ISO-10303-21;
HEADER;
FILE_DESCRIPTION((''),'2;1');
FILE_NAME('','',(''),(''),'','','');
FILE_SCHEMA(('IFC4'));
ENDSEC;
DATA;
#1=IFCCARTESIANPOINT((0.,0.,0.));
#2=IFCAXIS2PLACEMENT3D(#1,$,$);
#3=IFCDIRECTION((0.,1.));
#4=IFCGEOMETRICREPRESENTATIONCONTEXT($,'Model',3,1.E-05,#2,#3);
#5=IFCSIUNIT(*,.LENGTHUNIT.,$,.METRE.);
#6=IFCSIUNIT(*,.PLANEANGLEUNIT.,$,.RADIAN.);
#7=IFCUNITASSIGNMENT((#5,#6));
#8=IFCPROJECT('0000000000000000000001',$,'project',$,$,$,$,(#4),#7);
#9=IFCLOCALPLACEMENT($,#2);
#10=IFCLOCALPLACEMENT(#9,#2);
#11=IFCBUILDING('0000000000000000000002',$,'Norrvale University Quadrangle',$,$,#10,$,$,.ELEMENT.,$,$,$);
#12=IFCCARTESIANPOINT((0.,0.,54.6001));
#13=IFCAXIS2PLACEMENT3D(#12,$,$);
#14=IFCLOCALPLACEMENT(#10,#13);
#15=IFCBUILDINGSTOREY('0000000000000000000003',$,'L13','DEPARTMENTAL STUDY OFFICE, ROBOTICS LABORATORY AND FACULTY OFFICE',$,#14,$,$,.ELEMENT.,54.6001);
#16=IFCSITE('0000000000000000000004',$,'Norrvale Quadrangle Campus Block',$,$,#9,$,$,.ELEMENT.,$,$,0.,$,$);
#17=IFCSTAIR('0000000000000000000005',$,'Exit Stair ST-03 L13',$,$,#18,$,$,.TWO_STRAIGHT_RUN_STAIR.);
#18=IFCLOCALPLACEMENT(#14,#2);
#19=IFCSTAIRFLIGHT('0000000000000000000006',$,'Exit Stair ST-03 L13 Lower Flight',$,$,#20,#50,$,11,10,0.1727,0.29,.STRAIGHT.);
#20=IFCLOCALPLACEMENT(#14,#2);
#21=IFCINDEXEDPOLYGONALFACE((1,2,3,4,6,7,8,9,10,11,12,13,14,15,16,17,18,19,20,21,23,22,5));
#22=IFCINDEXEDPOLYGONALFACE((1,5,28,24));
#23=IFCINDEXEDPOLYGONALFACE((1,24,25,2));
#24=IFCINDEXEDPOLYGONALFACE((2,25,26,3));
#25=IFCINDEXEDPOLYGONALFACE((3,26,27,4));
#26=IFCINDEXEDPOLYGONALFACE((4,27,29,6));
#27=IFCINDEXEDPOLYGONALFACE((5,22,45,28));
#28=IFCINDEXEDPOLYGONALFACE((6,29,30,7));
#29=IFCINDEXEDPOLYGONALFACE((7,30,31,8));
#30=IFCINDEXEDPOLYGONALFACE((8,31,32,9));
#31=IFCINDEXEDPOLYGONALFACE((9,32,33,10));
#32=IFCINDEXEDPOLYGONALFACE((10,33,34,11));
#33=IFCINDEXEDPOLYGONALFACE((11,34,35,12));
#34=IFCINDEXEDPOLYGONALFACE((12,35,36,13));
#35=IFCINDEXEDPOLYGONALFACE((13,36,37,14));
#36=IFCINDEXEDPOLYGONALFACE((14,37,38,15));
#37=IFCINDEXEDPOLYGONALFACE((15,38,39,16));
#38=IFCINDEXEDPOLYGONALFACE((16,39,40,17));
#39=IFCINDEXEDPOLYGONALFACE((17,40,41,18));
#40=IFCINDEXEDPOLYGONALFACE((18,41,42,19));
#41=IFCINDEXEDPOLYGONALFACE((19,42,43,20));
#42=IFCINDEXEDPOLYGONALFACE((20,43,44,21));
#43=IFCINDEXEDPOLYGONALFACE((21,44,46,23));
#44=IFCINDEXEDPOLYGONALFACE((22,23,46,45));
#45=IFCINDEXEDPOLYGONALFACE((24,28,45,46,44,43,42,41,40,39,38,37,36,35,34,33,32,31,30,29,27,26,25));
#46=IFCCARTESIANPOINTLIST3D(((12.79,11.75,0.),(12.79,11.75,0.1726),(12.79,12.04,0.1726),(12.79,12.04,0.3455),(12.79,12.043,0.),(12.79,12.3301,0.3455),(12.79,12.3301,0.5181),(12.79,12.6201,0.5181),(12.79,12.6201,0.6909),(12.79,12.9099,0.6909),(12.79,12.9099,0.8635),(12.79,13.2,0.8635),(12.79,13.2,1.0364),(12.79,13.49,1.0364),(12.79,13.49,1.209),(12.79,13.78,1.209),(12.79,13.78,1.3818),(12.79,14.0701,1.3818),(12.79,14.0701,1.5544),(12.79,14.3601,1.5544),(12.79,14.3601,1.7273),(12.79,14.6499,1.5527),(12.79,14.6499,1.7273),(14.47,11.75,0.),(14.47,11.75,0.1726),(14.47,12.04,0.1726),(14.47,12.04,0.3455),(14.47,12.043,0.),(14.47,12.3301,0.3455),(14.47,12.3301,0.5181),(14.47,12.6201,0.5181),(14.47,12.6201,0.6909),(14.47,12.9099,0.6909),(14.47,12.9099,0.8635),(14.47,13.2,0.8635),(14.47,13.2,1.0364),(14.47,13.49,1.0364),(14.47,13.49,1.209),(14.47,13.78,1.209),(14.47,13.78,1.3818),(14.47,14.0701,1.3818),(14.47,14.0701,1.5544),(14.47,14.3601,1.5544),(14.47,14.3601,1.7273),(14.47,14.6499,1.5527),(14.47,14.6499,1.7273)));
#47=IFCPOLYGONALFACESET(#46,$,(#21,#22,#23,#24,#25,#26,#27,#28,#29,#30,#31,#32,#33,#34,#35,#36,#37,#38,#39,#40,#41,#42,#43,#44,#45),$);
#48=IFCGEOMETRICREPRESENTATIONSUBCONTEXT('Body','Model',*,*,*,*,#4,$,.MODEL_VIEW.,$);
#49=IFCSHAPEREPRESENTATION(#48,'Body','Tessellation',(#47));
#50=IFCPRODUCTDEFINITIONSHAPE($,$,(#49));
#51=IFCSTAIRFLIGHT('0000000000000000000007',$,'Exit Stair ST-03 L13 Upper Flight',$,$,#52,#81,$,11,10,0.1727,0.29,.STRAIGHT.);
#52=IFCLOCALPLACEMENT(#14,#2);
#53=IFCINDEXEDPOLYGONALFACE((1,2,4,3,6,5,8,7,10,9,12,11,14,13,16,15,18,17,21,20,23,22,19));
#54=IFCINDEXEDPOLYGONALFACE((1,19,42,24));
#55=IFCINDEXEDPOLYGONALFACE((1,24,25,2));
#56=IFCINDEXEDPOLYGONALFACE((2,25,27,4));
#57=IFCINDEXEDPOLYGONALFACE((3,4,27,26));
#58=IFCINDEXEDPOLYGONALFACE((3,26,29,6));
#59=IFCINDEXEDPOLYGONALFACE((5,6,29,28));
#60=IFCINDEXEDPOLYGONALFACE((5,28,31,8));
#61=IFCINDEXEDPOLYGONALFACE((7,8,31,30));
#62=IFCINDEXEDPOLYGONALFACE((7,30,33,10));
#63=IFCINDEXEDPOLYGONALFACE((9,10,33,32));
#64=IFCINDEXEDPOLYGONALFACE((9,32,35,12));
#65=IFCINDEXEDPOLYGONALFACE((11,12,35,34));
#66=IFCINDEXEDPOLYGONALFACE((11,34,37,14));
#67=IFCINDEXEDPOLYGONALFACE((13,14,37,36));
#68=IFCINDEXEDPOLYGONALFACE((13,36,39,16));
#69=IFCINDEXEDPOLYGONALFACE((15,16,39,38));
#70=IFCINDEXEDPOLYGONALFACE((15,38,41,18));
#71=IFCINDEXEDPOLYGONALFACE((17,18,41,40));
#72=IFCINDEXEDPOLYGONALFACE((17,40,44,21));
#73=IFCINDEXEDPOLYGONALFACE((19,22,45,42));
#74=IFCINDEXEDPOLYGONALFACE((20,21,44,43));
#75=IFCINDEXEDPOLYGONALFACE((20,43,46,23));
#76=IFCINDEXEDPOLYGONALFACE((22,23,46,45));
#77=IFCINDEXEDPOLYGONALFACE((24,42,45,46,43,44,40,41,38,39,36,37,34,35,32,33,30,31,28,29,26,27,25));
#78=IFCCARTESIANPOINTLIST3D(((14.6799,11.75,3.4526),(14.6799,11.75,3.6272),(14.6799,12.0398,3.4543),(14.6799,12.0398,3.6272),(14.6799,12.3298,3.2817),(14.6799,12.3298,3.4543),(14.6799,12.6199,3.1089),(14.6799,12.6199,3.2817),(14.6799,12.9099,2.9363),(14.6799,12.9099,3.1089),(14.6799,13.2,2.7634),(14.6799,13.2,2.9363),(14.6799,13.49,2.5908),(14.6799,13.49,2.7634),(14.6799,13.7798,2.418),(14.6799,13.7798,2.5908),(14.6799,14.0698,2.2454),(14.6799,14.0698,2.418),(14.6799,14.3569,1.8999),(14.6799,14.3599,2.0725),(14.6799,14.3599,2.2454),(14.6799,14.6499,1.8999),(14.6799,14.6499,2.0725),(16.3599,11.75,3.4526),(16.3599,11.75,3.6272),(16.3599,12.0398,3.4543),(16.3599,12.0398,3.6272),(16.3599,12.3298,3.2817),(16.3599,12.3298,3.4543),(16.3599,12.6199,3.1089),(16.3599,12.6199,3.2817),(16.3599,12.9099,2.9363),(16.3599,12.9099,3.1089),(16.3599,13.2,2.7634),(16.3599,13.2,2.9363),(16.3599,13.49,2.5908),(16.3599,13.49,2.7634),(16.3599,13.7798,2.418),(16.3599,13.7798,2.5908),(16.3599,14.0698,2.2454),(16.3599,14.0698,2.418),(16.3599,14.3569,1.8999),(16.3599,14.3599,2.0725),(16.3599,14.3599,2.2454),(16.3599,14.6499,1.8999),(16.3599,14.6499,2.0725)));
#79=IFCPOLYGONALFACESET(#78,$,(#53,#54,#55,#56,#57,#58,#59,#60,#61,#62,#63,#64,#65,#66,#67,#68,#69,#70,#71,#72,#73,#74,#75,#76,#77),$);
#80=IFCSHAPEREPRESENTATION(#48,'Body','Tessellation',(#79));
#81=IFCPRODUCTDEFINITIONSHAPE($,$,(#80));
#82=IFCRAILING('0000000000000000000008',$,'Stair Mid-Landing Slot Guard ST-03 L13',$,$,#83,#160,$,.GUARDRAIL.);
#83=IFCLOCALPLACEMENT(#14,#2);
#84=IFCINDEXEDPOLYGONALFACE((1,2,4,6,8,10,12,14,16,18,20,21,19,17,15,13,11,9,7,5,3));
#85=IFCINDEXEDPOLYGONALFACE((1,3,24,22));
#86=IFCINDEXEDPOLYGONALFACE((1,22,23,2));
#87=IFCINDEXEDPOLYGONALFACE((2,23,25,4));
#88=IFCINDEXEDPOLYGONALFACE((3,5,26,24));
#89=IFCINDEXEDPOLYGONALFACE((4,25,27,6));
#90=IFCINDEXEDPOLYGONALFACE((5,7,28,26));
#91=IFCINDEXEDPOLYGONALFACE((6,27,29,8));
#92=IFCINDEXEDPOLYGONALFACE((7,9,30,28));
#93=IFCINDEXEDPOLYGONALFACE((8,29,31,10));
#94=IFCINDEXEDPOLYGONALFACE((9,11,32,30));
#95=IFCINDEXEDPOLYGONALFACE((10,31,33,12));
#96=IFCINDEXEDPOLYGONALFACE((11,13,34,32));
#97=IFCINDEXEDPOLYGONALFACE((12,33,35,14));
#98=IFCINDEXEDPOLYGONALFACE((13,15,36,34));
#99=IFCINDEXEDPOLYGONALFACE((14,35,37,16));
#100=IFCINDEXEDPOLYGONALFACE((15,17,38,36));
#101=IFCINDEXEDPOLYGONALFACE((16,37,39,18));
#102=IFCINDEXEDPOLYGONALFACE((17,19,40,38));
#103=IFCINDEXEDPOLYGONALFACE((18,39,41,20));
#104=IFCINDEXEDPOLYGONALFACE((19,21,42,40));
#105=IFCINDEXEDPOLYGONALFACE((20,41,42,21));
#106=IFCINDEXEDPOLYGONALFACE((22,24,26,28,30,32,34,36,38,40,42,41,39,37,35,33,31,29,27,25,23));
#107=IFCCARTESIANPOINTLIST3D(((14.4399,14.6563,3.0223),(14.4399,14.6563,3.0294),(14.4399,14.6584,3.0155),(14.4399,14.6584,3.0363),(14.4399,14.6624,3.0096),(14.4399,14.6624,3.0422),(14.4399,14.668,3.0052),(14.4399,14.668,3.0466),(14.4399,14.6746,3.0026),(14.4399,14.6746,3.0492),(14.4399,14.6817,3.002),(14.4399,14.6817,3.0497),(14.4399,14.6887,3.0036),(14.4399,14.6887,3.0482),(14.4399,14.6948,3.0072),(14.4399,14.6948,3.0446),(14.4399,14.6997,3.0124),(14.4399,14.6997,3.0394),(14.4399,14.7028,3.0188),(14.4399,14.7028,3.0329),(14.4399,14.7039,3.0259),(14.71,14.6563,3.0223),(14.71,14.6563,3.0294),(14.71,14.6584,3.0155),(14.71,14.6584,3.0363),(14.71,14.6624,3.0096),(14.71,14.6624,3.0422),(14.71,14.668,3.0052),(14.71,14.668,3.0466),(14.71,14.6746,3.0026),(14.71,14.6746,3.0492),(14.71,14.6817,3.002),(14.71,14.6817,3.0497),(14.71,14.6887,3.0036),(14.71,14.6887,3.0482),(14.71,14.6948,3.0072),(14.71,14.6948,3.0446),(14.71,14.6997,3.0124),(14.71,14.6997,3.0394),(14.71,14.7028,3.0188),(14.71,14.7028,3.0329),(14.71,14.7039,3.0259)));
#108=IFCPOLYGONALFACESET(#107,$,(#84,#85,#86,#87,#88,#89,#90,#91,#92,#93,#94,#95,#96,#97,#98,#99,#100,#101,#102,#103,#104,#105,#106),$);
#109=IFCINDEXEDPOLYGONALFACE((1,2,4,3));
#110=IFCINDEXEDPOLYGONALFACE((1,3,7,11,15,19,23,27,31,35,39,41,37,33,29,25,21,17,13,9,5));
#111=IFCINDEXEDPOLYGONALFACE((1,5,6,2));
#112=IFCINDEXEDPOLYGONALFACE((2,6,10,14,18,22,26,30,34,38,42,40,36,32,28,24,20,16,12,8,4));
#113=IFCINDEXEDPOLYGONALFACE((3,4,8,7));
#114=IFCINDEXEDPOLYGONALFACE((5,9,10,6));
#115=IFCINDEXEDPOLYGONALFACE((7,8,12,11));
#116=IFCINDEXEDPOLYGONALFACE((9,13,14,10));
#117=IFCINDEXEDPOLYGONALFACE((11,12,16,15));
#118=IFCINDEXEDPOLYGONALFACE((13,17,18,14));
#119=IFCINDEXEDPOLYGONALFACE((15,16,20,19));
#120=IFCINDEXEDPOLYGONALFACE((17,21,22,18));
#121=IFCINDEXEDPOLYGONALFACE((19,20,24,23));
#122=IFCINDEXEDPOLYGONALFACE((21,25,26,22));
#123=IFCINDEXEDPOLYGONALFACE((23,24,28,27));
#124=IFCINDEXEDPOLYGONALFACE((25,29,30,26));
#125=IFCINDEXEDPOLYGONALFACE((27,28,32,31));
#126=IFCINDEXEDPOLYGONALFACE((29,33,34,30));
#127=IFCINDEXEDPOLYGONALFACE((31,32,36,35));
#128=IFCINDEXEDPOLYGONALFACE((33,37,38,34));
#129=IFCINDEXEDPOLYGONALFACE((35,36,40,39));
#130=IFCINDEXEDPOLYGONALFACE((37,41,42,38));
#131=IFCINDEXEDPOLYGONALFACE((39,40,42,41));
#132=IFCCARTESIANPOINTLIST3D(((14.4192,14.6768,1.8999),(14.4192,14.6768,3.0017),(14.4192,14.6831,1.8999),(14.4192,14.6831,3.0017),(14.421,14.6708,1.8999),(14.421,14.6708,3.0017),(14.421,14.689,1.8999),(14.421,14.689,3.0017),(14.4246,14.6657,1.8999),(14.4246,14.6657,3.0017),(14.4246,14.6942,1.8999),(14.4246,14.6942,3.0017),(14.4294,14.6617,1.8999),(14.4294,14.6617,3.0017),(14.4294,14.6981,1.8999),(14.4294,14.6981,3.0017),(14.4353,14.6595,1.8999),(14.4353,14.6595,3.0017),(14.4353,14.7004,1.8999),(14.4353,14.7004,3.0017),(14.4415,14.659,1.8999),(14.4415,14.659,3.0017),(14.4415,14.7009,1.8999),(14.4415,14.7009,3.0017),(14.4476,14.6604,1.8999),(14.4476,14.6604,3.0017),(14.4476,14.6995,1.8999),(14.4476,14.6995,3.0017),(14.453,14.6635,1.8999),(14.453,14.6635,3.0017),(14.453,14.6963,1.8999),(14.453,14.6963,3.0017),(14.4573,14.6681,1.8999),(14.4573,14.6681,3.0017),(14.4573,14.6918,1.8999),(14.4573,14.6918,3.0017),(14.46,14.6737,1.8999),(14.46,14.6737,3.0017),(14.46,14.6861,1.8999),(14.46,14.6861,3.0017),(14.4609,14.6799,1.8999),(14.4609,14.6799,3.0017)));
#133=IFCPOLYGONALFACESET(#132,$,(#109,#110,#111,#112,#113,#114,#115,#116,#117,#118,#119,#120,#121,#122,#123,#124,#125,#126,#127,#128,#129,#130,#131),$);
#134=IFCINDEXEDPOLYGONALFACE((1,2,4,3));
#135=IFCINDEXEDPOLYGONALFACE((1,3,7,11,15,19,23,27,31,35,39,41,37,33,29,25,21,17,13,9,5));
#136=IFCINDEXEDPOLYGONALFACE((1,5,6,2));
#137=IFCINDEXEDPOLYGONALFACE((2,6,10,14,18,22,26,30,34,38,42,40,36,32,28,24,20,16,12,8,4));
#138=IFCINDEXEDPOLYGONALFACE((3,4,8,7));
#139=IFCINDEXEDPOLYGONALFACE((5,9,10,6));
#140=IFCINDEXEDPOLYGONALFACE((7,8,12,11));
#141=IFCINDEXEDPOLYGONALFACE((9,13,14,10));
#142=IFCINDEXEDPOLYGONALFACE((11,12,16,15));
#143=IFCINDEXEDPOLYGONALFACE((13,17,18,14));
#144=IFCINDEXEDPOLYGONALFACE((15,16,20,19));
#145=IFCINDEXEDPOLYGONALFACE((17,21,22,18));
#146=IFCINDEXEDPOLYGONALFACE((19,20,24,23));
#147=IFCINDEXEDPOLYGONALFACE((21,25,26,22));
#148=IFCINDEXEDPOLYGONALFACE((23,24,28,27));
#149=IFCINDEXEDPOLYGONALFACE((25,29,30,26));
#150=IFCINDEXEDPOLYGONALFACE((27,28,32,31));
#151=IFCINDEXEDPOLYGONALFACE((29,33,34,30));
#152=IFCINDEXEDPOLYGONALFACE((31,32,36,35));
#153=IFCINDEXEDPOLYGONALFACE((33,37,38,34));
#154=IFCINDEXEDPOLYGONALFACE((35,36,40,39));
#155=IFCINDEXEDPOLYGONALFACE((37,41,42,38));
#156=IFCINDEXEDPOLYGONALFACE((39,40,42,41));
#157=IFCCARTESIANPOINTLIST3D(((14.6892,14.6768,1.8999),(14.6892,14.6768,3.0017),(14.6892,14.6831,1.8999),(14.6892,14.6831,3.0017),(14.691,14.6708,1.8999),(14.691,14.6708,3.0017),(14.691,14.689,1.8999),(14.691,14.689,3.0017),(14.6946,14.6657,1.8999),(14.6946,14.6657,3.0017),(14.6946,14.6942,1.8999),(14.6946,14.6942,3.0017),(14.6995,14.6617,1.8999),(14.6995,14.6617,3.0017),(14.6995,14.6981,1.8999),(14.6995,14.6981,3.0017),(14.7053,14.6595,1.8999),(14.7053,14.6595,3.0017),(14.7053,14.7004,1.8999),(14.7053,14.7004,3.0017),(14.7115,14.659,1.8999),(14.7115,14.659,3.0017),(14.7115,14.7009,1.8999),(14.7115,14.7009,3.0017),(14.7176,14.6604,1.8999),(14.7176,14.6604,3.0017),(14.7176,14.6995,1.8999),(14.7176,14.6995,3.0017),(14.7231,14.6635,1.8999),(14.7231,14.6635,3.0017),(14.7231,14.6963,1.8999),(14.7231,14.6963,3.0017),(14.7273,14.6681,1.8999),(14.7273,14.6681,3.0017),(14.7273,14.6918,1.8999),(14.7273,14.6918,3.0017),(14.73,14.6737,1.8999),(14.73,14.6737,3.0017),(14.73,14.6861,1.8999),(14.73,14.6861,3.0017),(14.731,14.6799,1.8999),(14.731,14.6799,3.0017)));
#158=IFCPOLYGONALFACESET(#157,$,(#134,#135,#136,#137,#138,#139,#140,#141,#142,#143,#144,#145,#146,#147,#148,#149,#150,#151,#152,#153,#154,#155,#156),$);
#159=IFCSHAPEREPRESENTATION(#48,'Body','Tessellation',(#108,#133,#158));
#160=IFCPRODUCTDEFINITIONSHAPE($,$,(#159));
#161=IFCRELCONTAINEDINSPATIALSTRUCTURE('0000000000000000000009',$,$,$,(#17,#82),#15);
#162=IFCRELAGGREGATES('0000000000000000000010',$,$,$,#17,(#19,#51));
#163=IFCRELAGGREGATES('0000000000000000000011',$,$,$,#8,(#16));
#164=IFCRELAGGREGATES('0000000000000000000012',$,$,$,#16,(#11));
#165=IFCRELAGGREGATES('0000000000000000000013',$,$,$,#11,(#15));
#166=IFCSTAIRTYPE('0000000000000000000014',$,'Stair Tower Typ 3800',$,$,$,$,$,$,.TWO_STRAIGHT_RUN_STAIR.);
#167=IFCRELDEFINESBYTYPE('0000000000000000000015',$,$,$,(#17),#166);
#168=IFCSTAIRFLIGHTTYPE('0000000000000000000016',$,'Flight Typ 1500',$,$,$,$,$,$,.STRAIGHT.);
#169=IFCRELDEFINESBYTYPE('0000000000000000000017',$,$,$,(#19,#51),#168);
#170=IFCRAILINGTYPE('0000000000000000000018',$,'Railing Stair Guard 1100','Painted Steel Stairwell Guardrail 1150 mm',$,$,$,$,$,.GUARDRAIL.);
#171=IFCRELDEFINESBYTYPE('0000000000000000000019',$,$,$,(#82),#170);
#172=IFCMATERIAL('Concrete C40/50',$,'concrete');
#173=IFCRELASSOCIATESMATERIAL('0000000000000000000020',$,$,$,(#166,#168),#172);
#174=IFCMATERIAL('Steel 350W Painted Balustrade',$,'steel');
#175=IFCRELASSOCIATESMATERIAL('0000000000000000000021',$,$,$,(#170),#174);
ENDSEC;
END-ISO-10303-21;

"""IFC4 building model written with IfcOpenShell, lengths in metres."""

from ifc_helpers import new_model, si_unit, direction, frame, origin, origin_2d, place, context, subcontext, project, spatial, polyline, circle, outline, extrude, material, type_object, element, aggregate, save


model = new_model("IFC4")

# Units and contexts
model_context = context("Model", 3, precision=1e-05, world=origin(), true_north=direction((0.0, 1.0)))
body_context = subcontext(model_context, "Body", "Model", "MODEL_VIEW")
ifc_project = project(units=[si_unit("LENGTHUNIT", "METRE"), si_unit("PLANEANGLEUNIT", "RADIAN")], contexts=[model_context])

# Site, building, storey
site_placement = place(None, origin())
site = spatial("IfcSite", under=ifc_project, at=site_placement, Name="Norrvale Quadrangle Campus Block", CompositionType="ELEMENT", RefElevation=0.0)
building_placement = place(site_placement, origin())
building = spatial("IfcBuilding", under=site, at=building_placement, Name="Norrvale University Quadrangle", CompositionType="ELEMENT")
storey_placement = place(building_placement, frame((0.0, 0.0, 54.6001)))
storey = spatial("IfcBuildingStorey", under=building, at=storey_placement, Name="L13", Description="DEPARTMENTAL STUDY OFFICE, ROBOTICS LABORATORY AND FACULTY OFFICE", CompositionType="ELEMENT", Elevation=54.6001)

# Stair, stair flights
ifc_material_1 = material(Name="Concrete C40/50", Category="concrete")
stair_type = type_object("IfcStairType", Name="Stair Tower Typ 3800", PredefinedType="TWO_STRAIGHT_RUN_STAIR", material=ifc_material_1)
stair_placement = place(storey_placement, origin())
stair = element("IfcStair", 1, at=stair_placement, inside=storey, type_object=stair_type, Name="Exit Stair ST-03 L13", PredefinedType="TWO_STRAIGHT_RUN_STAIR")
stair_flight_type = type_object("IfcStairFlightType", Name="Flight Typ 1500", PredefinedType="STRAIGHT", material=ifc_material_1)
stair_flight_1_placement = place(storey_placement, frame((13.6299, 11.75, 0.0), z_axis=(0.0, 0.0, 1.0), x_axis=(0.0, 1.0, 0.0)))
stair_flight_1 = element("IfcStairFlight", 2, at=stair_flight_1_placement, type_object=stair_flight_type, Name="Exit Stair ST-03 L13 Lower Flight", NumberOfRisers=11, NumberOfTreads=10, PredefinedType="STRAIGHT", RiserHeight=0.1727, TreadLength=0.29, context=body_context, shape_type="SweptSolid", body=[
    extrude(outline(polyline([(0.0, 0.0), (0.0, 0.1726), (0.29, 0.1726), (0.29, 0.3455), (0.5801, 0.3455), (0.5801, 0.5181), (0.8701, 0.5181), (0.8701, 0.6909), (1.1599, 0.6909), (1.1599, 0.8635), (1.45, 0.8635), (1.45, 1.0364), (1.74, 1.0364), (1.74, 1.209), (2.03, 1.209), (2.03, 1.3818), (2.3201, 1.3818), (2.3201, 1.5544), (2.6101, 1.5544), (2.6101, 1.7273), (2.8999, 1.7273), (2.8999, 1.8999), (2.8999, 1.5527), (0.293, 0.0), (0.0, 0.0)])), frame((0.0, 0.8398, 0.0), z_axis=(0.0, -1.0, 0.0), x_axis=(1.0, 0.0, 0.0)), (0.0, 0.0, 1.0), 1.6799),
])
stair_flight_2_placement = place(storey_placement, frame((15.52, 14.6499, 1.8999), z_axis=(0.0, 0.0, 1.0), x_axis=(0.0, -1.0, 0.0)))
stair_flight_2 = element("IfcStairFlight", 3, at=stair_flight_2_placement, type_object=stair_flight_type, Name="Exit Stair ST-03 L13 Upper Flight", NumberOfRisers=11, NumberOfTreads=10, PredefinedType="STRAIGHT", RiserHeight=0.1727, TreadLength=0.29, context=body_context, shape_type="SweptSolid", body=[
    extrude(outline(polyline([(0.0, 0.0), (0.0, 0.1726), (0.29, 0.1726), (0.29, 0.3455), (0.5801, 0.3455), (0.5801, 0.5181), (0.8701, 0.5181), (0.8701, 0.6909), (1.1599, 0.6909), (1.1599, 0.8635), (1.45, 0.8635), (1.45, 1.0364), (1.74, 1.0364), (1.74, 1.209), (2.03, 1.209), (2.03, 1.3818), (2.3201, 1.3818), (2.3201, 1.5544), (2.6101, 1.5544), (2.6101, 1.7273), (2.8999, 1.7273), (2.8999, 1.8999), (2.8999, 1.5527), (0.293, 0.0), (0.0, 0.0)])), frame((0.0, 0.8398, 0.0), z_axis=(0.0, -1.0, 0.0), x_axis=(1.0, 0.0, 0.0)), (0.0, 0.0, 1.0), 1.6799),
])
aggregate(stair, [stair_flight_1, stair_flight_2])

# Railing
ifc_material_2 = material(Name="Steel 350W Painted Balustrade", Category="steel")
railing_type_1 = type_object("IfcRailingType", Name="Railing Stair Guard 1100", Description="Painted Steel Stairwell Guardrail 1150 mm", PredefinedType="GUARDRAIL", material=ifc_material_2)
railing_1_placement = place(storey_placement, frame((14.4399, 14.6799, 1.8999)))
element("IfcRailing", 4, at=railing_1_placement, inside=storey, type_object=railing_type_1, Name="Stair Mid-Landing Slot Guard ST-03 L13", PredefinedType="GUARDRAIL", context=body_context, shape_type="SweptSolid", body=[
    extrude(circle(Radius=0.0239, at=origin_2d()), frame((0.0, 0.0, 1.126), z_axis=(1.0, 0.0, 0.0), x_axis=(0.0, 1.0, 0.0)), (0.0, 0.0, 1.0), 0.27),
    extrude(circle(Radius=0.021, at=origin_2d()), origin(), (0.0, 0.0, 1.0), 1.1018),
    extrude(circle(Radius=0.021, at=origin_2d()), frame((0.27, 0.0, 0.0)), (0.0, 0.0, 1.0), 1.1018),
])

save(model, "model.ifc")
